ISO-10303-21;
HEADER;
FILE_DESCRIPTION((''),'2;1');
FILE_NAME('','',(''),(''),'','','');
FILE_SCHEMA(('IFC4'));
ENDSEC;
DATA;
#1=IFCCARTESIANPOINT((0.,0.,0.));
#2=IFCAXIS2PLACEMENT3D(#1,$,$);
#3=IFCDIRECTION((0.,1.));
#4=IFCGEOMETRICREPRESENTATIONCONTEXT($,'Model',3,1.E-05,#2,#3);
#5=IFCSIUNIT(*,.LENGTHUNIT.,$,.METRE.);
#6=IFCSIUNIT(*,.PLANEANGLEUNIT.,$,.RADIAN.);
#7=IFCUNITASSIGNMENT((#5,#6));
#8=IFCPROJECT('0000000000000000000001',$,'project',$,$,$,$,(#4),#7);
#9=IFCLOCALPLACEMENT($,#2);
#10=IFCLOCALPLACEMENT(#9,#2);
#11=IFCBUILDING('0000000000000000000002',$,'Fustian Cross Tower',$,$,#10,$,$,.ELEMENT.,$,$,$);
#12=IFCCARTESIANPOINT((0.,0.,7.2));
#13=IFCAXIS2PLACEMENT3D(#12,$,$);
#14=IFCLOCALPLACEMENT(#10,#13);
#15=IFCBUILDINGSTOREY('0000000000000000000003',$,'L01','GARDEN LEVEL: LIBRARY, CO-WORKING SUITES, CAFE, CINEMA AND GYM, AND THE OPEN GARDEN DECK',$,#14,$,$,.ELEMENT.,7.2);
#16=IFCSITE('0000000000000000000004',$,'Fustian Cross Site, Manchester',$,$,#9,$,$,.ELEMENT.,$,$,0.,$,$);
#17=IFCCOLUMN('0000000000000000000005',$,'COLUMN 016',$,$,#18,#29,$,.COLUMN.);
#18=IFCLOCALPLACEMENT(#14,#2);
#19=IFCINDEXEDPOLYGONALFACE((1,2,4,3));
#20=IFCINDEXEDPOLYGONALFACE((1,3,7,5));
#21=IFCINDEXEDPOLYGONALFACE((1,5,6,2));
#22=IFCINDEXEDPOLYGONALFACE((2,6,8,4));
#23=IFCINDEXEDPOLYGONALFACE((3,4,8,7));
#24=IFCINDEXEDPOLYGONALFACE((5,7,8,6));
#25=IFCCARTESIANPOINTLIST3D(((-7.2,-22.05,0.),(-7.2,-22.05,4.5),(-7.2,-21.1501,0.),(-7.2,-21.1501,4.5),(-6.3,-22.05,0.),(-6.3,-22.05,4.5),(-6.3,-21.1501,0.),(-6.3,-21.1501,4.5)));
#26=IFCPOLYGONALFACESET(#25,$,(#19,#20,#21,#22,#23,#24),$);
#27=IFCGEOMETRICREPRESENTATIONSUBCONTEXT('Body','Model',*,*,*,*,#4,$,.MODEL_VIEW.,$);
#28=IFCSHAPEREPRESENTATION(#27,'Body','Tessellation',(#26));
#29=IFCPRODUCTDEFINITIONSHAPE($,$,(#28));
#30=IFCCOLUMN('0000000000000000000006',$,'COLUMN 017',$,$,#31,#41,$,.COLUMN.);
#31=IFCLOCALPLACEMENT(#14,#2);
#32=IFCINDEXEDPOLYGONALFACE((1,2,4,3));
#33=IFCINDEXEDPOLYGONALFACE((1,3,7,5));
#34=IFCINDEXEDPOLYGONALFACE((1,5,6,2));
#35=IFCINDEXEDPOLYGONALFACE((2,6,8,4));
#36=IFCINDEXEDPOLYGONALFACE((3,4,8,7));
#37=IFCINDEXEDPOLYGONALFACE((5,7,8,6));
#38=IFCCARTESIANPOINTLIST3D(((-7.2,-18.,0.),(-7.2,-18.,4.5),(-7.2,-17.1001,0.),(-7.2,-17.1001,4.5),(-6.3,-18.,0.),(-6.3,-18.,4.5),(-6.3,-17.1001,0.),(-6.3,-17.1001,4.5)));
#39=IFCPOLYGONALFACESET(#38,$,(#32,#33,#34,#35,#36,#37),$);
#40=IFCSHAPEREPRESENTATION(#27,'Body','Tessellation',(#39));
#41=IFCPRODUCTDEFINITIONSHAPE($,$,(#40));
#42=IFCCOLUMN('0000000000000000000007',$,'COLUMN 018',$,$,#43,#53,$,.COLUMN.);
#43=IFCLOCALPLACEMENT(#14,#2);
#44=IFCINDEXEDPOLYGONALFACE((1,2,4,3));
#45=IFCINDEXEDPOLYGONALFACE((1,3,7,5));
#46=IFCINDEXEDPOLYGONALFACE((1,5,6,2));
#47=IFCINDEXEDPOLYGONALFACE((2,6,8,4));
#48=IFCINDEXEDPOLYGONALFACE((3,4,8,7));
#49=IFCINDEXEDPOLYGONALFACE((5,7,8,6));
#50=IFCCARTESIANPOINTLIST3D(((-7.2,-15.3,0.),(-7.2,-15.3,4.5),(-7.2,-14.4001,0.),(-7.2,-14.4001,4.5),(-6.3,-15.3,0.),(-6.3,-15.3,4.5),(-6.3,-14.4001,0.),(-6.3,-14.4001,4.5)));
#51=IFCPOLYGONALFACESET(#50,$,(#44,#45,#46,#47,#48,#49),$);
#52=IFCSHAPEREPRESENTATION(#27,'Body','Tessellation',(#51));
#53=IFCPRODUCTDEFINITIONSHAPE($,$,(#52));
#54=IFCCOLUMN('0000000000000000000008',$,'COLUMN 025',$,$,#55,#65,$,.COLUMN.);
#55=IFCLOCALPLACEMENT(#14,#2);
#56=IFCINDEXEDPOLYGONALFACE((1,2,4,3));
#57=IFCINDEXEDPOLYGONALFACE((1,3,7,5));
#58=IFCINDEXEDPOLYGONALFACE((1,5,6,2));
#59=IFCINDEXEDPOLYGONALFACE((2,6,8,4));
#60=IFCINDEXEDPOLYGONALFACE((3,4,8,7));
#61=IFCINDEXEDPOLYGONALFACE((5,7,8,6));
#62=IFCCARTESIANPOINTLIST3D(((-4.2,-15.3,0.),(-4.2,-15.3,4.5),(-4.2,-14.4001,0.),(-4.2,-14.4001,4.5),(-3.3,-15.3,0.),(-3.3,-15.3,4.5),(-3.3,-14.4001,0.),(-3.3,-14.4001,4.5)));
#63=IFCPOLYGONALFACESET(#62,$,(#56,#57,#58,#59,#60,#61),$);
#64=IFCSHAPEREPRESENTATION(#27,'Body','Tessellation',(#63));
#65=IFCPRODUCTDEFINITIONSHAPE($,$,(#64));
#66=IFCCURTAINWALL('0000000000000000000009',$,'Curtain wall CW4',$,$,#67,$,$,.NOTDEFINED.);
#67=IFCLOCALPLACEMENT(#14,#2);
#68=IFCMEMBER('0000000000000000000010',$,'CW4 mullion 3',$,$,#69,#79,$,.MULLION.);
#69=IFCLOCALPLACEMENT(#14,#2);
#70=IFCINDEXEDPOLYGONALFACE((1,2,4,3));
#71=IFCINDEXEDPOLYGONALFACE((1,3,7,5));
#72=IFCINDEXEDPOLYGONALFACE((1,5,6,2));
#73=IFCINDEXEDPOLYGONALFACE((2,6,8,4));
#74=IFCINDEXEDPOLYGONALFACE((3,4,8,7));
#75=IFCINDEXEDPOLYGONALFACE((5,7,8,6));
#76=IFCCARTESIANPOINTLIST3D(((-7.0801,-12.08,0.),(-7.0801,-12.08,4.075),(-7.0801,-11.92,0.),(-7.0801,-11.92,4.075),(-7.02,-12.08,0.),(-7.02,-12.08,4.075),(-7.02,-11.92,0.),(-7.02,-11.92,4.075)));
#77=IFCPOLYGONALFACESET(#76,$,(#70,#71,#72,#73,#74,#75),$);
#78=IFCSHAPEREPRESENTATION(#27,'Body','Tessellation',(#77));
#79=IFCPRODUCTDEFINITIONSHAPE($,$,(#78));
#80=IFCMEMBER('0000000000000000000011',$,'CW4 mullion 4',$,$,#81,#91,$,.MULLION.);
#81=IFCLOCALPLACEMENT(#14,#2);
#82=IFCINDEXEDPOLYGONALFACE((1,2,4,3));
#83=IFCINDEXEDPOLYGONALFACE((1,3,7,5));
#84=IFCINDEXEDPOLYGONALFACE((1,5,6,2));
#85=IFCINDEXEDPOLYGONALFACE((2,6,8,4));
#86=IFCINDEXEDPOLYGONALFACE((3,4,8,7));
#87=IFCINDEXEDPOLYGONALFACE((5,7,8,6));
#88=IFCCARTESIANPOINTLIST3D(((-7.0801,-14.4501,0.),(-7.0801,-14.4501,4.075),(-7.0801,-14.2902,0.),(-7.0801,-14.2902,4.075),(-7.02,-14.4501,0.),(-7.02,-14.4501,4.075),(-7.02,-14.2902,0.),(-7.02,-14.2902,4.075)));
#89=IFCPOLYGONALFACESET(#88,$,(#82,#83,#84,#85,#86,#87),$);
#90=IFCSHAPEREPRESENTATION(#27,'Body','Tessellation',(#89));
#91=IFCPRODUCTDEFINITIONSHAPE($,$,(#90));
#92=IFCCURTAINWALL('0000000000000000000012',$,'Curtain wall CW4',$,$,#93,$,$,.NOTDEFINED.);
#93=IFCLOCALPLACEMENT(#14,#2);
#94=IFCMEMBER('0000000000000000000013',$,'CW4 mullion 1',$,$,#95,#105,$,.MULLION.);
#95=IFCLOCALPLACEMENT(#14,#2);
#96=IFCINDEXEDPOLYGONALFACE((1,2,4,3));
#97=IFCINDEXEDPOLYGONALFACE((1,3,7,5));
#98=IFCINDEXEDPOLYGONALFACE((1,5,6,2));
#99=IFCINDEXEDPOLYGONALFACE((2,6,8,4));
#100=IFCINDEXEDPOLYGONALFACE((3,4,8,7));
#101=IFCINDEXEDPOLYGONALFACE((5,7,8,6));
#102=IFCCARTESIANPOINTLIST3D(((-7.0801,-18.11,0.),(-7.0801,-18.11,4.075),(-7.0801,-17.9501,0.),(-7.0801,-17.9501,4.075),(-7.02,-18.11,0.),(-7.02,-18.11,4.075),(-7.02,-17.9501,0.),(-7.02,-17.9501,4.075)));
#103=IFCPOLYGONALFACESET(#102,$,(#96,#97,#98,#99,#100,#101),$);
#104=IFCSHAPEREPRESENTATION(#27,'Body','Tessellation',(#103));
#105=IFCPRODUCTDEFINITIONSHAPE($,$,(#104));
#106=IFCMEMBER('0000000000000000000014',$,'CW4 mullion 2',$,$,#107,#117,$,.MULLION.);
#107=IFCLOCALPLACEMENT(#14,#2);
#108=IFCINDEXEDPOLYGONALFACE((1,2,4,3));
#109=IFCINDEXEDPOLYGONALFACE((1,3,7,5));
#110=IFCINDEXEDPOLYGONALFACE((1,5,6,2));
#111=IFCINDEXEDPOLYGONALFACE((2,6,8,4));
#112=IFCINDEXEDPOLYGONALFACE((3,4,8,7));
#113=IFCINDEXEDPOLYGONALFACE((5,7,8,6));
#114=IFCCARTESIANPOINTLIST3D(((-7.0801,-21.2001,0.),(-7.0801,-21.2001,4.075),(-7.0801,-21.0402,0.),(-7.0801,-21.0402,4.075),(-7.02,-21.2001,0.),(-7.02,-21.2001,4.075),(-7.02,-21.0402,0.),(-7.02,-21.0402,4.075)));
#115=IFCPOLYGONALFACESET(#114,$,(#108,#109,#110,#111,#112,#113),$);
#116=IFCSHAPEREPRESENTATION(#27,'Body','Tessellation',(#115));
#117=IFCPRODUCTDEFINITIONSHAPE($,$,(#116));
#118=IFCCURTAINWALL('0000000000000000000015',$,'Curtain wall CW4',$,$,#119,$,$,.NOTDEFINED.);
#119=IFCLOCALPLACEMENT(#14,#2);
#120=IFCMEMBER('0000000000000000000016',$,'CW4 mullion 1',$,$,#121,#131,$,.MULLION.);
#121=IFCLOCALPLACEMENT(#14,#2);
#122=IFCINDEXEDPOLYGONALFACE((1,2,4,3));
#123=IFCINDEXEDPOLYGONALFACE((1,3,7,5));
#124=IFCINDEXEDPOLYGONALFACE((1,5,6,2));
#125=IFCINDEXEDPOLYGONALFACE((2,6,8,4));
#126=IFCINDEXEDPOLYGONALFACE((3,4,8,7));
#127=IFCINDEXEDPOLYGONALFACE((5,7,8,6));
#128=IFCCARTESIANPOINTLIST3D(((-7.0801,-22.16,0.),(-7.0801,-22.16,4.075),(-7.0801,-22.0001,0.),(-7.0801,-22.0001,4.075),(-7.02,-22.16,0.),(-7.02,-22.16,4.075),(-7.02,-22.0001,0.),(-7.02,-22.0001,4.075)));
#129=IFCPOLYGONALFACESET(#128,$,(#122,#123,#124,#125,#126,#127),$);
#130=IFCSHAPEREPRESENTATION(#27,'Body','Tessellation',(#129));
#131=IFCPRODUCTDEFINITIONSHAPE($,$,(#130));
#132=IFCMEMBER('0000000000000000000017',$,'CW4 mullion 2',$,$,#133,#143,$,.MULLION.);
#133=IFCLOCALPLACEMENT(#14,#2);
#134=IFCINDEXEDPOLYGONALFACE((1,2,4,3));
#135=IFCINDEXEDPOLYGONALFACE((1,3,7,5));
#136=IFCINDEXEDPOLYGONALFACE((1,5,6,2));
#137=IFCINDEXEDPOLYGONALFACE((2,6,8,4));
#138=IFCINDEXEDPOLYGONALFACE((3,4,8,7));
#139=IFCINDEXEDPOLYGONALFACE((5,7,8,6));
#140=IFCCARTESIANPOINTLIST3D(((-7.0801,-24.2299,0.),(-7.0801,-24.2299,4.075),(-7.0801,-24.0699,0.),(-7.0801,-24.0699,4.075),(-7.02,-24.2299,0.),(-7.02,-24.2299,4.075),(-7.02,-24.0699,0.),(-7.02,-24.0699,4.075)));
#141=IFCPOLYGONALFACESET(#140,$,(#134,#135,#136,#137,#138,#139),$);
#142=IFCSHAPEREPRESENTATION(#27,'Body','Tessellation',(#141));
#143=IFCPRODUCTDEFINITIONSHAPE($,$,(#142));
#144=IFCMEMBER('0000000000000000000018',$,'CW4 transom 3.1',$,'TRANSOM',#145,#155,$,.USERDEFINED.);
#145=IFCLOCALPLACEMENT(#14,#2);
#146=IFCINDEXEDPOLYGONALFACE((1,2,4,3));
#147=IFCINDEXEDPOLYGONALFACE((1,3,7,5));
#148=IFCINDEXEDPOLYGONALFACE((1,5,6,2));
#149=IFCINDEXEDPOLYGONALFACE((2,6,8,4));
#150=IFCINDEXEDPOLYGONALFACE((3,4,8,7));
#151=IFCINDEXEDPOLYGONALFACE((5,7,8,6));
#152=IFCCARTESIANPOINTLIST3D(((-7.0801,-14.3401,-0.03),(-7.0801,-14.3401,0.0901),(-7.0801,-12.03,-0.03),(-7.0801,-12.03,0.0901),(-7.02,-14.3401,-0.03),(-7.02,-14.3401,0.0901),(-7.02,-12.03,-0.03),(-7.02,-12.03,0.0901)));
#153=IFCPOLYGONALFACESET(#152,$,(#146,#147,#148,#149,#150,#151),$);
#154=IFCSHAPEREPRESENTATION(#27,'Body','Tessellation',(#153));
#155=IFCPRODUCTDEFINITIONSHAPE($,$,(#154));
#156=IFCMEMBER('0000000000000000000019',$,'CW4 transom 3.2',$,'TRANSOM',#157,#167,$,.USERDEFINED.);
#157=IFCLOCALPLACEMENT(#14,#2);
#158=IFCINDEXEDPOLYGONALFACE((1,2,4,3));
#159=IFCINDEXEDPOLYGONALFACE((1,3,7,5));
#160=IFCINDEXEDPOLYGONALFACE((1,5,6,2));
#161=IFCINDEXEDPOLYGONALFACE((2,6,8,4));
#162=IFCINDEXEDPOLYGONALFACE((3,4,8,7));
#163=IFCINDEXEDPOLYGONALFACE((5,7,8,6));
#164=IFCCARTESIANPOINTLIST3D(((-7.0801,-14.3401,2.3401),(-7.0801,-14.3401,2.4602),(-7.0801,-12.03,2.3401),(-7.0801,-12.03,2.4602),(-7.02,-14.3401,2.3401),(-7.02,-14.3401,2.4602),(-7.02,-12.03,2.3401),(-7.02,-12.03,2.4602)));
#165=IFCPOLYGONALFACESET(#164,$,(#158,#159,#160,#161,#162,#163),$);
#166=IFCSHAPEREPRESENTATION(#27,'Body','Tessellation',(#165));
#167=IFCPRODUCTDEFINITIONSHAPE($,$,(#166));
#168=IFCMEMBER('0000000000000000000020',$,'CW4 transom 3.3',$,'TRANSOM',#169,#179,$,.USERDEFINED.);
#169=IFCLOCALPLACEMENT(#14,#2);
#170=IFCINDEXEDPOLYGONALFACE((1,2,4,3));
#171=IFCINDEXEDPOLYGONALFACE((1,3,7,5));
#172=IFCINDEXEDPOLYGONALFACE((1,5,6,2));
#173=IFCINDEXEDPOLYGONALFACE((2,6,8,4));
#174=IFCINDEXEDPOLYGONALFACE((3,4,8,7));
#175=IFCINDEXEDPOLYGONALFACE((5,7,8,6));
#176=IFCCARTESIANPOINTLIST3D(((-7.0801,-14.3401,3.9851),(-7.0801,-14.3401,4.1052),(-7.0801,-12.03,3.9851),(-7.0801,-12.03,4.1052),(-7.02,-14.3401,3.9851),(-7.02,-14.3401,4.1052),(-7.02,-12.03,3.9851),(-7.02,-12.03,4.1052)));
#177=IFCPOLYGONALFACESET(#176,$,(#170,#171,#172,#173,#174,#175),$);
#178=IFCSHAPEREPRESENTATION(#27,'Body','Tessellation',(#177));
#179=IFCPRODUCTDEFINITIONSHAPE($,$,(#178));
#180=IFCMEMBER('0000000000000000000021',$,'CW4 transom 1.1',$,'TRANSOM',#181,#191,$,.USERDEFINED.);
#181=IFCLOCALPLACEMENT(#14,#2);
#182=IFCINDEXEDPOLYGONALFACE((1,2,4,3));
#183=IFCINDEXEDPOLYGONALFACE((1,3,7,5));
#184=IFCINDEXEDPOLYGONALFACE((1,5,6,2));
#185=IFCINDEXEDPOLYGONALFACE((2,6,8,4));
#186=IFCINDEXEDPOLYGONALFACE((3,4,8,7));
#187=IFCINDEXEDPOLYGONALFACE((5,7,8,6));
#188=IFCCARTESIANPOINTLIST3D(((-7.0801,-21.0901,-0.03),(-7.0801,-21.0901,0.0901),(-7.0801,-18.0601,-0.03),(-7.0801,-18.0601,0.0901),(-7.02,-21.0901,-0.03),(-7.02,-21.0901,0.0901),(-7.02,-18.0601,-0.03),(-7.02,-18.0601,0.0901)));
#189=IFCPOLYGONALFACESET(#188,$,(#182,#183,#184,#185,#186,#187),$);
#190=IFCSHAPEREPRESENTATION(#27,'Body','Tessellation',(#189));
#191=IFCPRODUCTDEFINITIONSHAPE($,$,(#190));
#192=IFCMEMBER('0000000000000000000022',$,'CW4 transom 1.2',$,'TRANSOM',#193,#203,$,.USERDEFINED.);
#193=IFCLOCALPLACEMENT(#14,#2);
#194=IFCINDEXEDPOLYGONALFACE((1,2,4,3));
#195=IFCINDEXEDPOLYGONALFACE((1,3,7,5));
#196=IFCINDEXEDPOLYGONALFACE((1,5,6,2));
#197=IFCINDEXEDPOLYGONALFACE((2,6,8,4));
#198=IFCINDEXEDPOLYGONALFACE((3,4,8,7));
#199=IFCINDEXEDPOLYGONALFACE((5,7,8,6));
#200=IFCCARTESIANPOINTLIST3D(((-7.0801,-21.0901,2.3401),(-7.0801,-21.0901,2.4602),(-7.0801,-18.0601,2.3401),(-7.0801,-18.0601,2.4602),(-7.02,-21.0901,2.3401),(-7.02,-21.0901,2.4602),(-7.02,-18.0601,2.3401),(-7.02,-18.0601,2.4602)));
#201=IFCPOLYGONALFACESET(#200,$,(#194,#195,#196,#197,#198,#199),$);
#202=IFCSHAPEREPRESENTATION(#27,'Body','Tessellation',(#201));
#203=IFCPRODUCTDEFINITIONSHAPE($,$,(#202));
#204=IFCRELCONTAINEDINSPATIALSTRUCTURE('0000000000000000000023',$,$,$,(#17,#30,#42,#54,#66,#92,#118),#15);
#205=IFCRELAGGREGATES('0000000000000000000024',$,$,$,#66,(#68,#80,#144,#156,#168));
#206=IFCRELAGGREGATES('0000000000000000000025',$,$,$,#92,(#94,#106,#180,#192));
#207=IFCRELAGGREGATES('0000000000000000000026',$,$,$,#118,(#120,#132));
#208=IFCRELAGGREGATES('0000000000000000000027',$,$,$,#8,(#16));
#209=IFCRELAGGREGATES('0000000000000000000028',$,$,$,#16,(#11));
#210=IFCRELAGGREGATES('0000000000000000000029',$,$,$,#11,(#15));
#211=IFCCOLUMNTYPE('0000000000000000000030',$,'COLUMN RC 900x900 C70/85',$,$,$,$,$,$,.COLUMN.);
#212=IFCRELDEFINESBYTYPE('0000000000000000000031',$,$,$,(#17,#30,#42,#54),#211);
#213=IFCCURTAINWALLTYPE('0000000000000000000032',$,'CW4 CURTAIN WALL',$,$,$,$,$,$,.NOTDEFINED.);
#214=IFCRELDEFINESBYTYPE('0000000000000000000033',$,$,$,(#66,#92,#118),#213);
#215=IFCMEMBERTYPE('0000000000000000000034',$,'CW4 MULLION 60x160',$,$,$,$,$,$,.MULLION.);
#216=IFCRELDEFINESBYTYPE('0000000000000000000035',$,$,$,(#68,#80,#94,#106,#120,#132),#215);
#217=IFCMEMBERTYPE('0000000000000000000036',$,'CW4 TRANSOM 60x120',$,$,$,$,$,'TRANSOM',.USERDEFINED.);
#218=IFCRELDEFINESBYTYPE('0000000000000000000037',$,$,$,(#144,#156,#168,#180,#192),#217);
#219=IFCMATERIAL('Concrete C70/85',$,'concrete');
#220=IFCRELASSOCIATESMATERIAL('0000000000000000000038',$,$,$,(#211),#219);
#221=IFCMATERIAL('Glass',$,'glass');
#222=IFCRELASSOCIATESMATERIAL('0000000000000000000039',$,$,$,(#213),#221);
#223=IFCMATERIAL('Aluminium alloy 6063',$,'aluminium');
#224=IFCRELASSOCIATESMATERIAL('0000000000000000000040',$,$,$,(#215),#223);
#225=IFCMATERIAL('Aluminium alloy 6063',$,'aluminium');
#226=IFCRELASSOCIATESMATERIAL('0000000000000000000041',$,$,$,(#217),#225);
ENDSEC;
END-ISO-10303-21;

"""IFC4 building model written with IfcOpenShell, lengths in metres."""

from ifc_helpers import new_model, si_unit, direction, frame, origin, origin_2d, place, context, subcontext, project, spatial, rectangle, extrude, material, material_profile, profile_set, type_object, element, aggregate, save


model = new_model("IFC4")

# Units and contexts
model_context = context("Model", 3, precision=1e-05, world=origin(), true_north=direction((0.0, 1.0)))
body_context = subcontext(model_context, "Body", "Model", "MODEL_VIEW")
ifc_project = project(units=[si_unit("LENGTHUNIT", "METRE"), si_unit("PLANEANGLEUNIT", "RADIAN")], contexts=[model_context])

# Site, building, storey
site_placement = place(None, origin())
site = spatial("IfcSite", under=ifc_project, at=site_placement, Name="Fustian Cross Site, Manchester", CompositionType="ELEMENT", RefElevation=0.0)
building_placement = place(site_placement, origin())
building = spatial("IfcBuilding", under=site, at=building_placement, Name="Fustian Cross Tower", CompositionType="ELEMENT")
storey_placement = place(building_placement, frame((0.0, 0.0, 7.2)))
storey = spatial("IfcBuildingStorey", under=building, at=storey_placement, Name="L01", Description="GARDEN LEVEL: LIBRARY, CO-WORKING SUITES, CAFE, CINEMA AND GYM, AND THE OPEN GARDEN DECK", CompositionType="ELEMENT", Elevation=7.2)

# Columns
ifc_material_1 = material(Name="Concrete C70/85", Category="concrete")
ifc_material_profile_1 = material_profile(ifc_material_1, rectangle(XDim=0.8999, YDim=0.8999, at=origin_2d()), Name="RC 900x900")
ifc_profile_set_1 = profile_set([ifc_material_profile_1], Name="Concrete C70/85")
column_type = type_object("IfcColumnType", Name="COLUMN RC 900x900 C70/85", PredefinedType="COLUMN", material=ifc_profile_set_1)
for number, where, z_axis, x_axis, name in (
    (1, (-6.75, -21.6001, 0.0), (0.0, 0.0, 1.0), (1.0, 0.0, 0.0), "COLUMN 016"),
    (2, (-6.75, -17.55, 0.0), (0.0, 0.0, 1.0), (1.0, 0.0, 0.0), "COLUMN 017"),
    (3, (-6.75, -14.8501, 0.0), (0.0, 0.0, 1.0), (1.0, 0.0, 0.0), "COLUMN 018"),
    (4, (-3.75, -14.8501, 0.0), (0.0, 0.0, 1.0), (1.0, 0.0, 0.0), "COLUMN 025"),
):
    element("IfcColumn", number, at=place(storey_placement, frame(where, z_axis=z_axis, x_axis=x_axis)), inside=storey, type_object=column_type, Name=name, PredefinedType="COLUMN", context=body_context, shape_type="SweptSolid", body=[
        extrude(rectangle(XDim=0.8999, YDim=0.8999, at=origin_2d()), origin(), (0.0, 0.0, 1.0), 4.5),
    ])

# Curtain walls, members
ifc_material_2 = material(Name="Glass", Category="glass")
curtain_wall_type = type_object("IfcCurtainWallType", Name="CW4 CURTAIN WALL", PredefinedType="NOTDEFINED", material=ifc_material_2)
curtain_wall_1_placement = place(storey_placement, origin())
curtain_wall_1 = element("IfcCurtainWall", 5, at=curtain_wall_1_placement, inside=storey, type_object=curtain_wall_type, Name="Curtain wall CW4", PredefinedType="NOTDEFINED")
ifc_material_3 = material(Name="Aluminium alloy 6063", Category="aluminium")
ifc_material_profile_2 = material_profile(ifc_material_3, rectangle(XDim=0.0601, YDim=0.1599, at=origin_2d()), Name="CW4 MULLION 60x160")
ifc_profile_set_2 = profile_set([ifc_material_profile_2], Name="Aluminium alloy 6063")
member_type_1 = type_object("IfcMemberType", Name="CW4 MULLION 60x160", PredefinedType="MULLION", material=ifc_profile_set_2)
member_1_placement = place(storey_placement, frame((-7.05, -12.0, 0.0), z_axis=(0.0, 0.0, 1.0), x_axis=(1.0, 0.0, 0.0)))
member_1 = element("IfcMember", 6, at=member_1_placement, type_object=member_type_1, Name="CW4 mullion 3", PredefinedType="MULLION", context=body_context, shape_type="SweptSolid", body=[
    extrude(rectangle(XDim=0.0601, YDim=0.1599, at=origin_2d()), origin(), (0.0, 0.0, 1.0), 4.075),
])
member_2_placement = place(storey_placement, frame((-7.05, -14.3701, 0.0), z_axis=(0.0, 0.0, 1.0), x_axis=(1.0, 0.0, 0.0)))
member_2 = element("IfcMember", 7, at=member_2_placement, type_object=member_type_1, Name="CW4 mullion 4", PredefinedType="MULLION", context=body_context, shape_type="SweptSolid", body=[
    extrude(rectangle(XDim=0.0601, YDim=0.1599, at=origin_2d()), origin(), (0.0, 0.0, 1.0), 4.075),
])
curtain_wall_2_placement = place(storey_placement, origin())
curtain_wall_2 = element("IfcCurtainWall", 8, at=curtain_wall_2_placement, inside=storey, type_object=curtain_wall_type, Name="Curtain wall CW4", PredefinedType="NOTDEFINED")
member_3_placement = place(storey_placement, frame((-7.05, -18.03, 0.0), z_axis=(0.0, 0.0, 1.0), x_axis=(1.0, 0.0, 0.0)))
member_3 = element("IfcMember", 9, at=member_3_placement, type_object=member_type_1, Name="CW4 mullion 1", PredefinedType="MULLION", context=body_context, shape_type="SweptSolid", body=[
    extrude(rectangle(XDim=0.0601, YDim=0.1599, at=origin_2d()), origin(), (0.0, 0.0, 1.0), 4.075),
])
member_4_placement = place(storey_placement, frame((-7.05, -21.1201, 0.0), z_axis=(0.0, 0.0, 1.0), x_axis=(1.0, 0.0, 0.0)))
member_4 = element("IfcMember", 10, at=member_4_placement, type_object=member_type_1, Name="CW4 mullion 2", PredefinedType="MULLION", context=body_context, shape_type="SweptSolid", body=[
    extrude(rectangle(XDim=0.0601, YDim=0.1599, at=origin_2d()), origin(), (0.0, 0.0, 1.0), 4.075),
])
curtain_wall_3_placement = place(storey_placement, origin())
curtain_wall_3 = element("IfcCurtainWall", 11, at=curtain_wall_3_placement, inside=storey, type_object=curtain_wall_type, Name="Curtain wall CW4", PredefinedType="NOTDEFINED")
member_5_placement = place(storey_placement, frame((-7.05, -22.0801, 0.0), z_axis=(0.0, 0.0, 1.0), x_axis=(1.0, 0.0, 0.0)))
member_5 = element("IfcMember", 12, at=member_5_placement, type_object=member_type_1, Name="CW4 mullion 1", PredefinedType="MULLION", context=body_context, shape_type="SweptSolid", body=[
    extrude(rectangle(XDim=0.0601, YDim=0.1599, at=origin_2d()), origin(), (0.0, 0.0, 1.0), 4.075),
])
member_6_placement = place(storey_placement, frame((-7.05, -24.1499, 0.0), z_axis=(0.0, 0.0, 1.0), x_axis=(1.0, 0.0, 0.0)))
member_6 = element("IfcMember", 13, at=member_6_placement, type_object=member_type_1, Name="CW4 mullion 2", PredefinedType="MULLION", context=body_context, shape_type="SweptSolid", body=[
    extrude(rectangle(XDim=0.0601, YDim=0.1599, at=origin_2d()), origin(), (0.0, 0.0, 1.0), 4.075),
])

# Members
ifc_material_4 = material(Name="Aluminium alloy 6063", Category="aluminium")
ifc_material_profile_3 = material_profile(ifc_material_4, rectangle(XDim=0.0601, YDim=0.1201, at=origin_2d()), Name="CW4 TRANSOM 60x120")
ifc_profile_set_3 = profile_set([ifc_material_profile_3], Name="Aluminium alloy 6063")
member_type_2 = type_object("IfcMemberType", Name="CW4 TRANSOM 60x120", ElementType="TRANSOM", PredefinedType="USERDEFINED", material=ifc_profile_set_3)
member_7_placement = place(storey_placement, frame((-7.05, -12.03, 0.03), z_axis=(0.0, -1.0, 0.0), x_axis=(1.0, 0.0, 0.0)))
member_7 = element("IfcMember", 14, at=member_7_placement, type_object=member_type_2, Name="CW4 transom 3.1", ObjectType="TRANSOM", PredefinedType="USERDEFINED", context=body_context, shape_type="SweptSolid", body=[
    extrude(rectangle(XDim=0.0601, YDim=0.1201, at=origin_2d()), origin(), (0.0, 0.0, 1.0), 2.3101),
])
member_8_placement = place(storey_placement, frame((-7.05, -12.03, 2.4001), z_axis=(0.0, -1.0, 0.0), x_axis=(1.0, 0.0, 0.0)))
member_8 = element("IfcMember", 15, at=member_8_placement, type_object=member_type_2, Name="CW4 transom 3.2", ObjectType="TRANSOM", PredefinedType="USERDEFINED", context=body_context, shape_type="SweptSolid", body=[
    extrude(rectangle(XDim=0.0601, YDim=0.1201, at=origin_2d()), origin(), (0.0, 0.0, 1.0), 2.3101),
])
member_9_placement = place(storey_placement, frame((-7.05, -12.03, 4.0452), z_axis=(0.0, -1.0, 0.0), x_axis=(1.0, 0.0, 0.0)))
member_9 = element("IfcMember", 16, at=member_9_placement, type_object=member_type_2, Name="CW4 transom 3.3", ObjectType="TRANSOM", PredefinedType="USERDEFINED", context=body_context, shape_type="SweptSolid", body=[
    extrude(rectangle(XDim=0.0601, YDim=0.1201, at=origin_2d()), origin(), (0.0, 0.0, 1.0), 2.3101),
])
member_10_placement = place(storey_placement, frame((-7.05, -18.0601, 0.03), z_axis=(0.0, -1.0, 0.0), x_axis=(1.0, 0.0, 0.0)))
member_10 = element("IfcMember", 17, at=member_10_placement, type_object=member_type_2, Name="CW4 transom 1.1", ObjectType="TRANSOM", PredefinedType="USERDEFINED", context=body_context, shape_type="SweptSolid", body=[
    extrude(rectangle(XDim=0.0601, YDim=0.1201, at=origin_2d()), origin(), (0.0, 0.0, 1.0), 3.03),
])
member_11_placement = place(storey_placement, frame((-7.05, -18.0601, 2.4001), z_axis=(0.0, -1.0, 0.0), x_axis=(1.0, 0.0, 0.0)))
member_11 = element("IfcMember", 18, at=member_11_placement, type_object=member_type_2, Name="CW4 transom 1.2", ObjectType="TRANSOM", PredefinedType="USERDEFINED", context=body_context, shape_type="SweptSolid", body=[
    extrude(rectangle(XDim=0.0601, YDim=0.1201, at=origin_2d()), origin(), (0.0, 0.0, 1.0), 3.03),
])

aggregate(curtain_wall_1, [member_1, member_2, member_7, member_8, member_9])
aggregate(curtain_wall_2, [member_3, member_4, member_10, member_11])
aggregate(curtain_wall_3, [member_5, member_6])

save(model, "model.ifc")
